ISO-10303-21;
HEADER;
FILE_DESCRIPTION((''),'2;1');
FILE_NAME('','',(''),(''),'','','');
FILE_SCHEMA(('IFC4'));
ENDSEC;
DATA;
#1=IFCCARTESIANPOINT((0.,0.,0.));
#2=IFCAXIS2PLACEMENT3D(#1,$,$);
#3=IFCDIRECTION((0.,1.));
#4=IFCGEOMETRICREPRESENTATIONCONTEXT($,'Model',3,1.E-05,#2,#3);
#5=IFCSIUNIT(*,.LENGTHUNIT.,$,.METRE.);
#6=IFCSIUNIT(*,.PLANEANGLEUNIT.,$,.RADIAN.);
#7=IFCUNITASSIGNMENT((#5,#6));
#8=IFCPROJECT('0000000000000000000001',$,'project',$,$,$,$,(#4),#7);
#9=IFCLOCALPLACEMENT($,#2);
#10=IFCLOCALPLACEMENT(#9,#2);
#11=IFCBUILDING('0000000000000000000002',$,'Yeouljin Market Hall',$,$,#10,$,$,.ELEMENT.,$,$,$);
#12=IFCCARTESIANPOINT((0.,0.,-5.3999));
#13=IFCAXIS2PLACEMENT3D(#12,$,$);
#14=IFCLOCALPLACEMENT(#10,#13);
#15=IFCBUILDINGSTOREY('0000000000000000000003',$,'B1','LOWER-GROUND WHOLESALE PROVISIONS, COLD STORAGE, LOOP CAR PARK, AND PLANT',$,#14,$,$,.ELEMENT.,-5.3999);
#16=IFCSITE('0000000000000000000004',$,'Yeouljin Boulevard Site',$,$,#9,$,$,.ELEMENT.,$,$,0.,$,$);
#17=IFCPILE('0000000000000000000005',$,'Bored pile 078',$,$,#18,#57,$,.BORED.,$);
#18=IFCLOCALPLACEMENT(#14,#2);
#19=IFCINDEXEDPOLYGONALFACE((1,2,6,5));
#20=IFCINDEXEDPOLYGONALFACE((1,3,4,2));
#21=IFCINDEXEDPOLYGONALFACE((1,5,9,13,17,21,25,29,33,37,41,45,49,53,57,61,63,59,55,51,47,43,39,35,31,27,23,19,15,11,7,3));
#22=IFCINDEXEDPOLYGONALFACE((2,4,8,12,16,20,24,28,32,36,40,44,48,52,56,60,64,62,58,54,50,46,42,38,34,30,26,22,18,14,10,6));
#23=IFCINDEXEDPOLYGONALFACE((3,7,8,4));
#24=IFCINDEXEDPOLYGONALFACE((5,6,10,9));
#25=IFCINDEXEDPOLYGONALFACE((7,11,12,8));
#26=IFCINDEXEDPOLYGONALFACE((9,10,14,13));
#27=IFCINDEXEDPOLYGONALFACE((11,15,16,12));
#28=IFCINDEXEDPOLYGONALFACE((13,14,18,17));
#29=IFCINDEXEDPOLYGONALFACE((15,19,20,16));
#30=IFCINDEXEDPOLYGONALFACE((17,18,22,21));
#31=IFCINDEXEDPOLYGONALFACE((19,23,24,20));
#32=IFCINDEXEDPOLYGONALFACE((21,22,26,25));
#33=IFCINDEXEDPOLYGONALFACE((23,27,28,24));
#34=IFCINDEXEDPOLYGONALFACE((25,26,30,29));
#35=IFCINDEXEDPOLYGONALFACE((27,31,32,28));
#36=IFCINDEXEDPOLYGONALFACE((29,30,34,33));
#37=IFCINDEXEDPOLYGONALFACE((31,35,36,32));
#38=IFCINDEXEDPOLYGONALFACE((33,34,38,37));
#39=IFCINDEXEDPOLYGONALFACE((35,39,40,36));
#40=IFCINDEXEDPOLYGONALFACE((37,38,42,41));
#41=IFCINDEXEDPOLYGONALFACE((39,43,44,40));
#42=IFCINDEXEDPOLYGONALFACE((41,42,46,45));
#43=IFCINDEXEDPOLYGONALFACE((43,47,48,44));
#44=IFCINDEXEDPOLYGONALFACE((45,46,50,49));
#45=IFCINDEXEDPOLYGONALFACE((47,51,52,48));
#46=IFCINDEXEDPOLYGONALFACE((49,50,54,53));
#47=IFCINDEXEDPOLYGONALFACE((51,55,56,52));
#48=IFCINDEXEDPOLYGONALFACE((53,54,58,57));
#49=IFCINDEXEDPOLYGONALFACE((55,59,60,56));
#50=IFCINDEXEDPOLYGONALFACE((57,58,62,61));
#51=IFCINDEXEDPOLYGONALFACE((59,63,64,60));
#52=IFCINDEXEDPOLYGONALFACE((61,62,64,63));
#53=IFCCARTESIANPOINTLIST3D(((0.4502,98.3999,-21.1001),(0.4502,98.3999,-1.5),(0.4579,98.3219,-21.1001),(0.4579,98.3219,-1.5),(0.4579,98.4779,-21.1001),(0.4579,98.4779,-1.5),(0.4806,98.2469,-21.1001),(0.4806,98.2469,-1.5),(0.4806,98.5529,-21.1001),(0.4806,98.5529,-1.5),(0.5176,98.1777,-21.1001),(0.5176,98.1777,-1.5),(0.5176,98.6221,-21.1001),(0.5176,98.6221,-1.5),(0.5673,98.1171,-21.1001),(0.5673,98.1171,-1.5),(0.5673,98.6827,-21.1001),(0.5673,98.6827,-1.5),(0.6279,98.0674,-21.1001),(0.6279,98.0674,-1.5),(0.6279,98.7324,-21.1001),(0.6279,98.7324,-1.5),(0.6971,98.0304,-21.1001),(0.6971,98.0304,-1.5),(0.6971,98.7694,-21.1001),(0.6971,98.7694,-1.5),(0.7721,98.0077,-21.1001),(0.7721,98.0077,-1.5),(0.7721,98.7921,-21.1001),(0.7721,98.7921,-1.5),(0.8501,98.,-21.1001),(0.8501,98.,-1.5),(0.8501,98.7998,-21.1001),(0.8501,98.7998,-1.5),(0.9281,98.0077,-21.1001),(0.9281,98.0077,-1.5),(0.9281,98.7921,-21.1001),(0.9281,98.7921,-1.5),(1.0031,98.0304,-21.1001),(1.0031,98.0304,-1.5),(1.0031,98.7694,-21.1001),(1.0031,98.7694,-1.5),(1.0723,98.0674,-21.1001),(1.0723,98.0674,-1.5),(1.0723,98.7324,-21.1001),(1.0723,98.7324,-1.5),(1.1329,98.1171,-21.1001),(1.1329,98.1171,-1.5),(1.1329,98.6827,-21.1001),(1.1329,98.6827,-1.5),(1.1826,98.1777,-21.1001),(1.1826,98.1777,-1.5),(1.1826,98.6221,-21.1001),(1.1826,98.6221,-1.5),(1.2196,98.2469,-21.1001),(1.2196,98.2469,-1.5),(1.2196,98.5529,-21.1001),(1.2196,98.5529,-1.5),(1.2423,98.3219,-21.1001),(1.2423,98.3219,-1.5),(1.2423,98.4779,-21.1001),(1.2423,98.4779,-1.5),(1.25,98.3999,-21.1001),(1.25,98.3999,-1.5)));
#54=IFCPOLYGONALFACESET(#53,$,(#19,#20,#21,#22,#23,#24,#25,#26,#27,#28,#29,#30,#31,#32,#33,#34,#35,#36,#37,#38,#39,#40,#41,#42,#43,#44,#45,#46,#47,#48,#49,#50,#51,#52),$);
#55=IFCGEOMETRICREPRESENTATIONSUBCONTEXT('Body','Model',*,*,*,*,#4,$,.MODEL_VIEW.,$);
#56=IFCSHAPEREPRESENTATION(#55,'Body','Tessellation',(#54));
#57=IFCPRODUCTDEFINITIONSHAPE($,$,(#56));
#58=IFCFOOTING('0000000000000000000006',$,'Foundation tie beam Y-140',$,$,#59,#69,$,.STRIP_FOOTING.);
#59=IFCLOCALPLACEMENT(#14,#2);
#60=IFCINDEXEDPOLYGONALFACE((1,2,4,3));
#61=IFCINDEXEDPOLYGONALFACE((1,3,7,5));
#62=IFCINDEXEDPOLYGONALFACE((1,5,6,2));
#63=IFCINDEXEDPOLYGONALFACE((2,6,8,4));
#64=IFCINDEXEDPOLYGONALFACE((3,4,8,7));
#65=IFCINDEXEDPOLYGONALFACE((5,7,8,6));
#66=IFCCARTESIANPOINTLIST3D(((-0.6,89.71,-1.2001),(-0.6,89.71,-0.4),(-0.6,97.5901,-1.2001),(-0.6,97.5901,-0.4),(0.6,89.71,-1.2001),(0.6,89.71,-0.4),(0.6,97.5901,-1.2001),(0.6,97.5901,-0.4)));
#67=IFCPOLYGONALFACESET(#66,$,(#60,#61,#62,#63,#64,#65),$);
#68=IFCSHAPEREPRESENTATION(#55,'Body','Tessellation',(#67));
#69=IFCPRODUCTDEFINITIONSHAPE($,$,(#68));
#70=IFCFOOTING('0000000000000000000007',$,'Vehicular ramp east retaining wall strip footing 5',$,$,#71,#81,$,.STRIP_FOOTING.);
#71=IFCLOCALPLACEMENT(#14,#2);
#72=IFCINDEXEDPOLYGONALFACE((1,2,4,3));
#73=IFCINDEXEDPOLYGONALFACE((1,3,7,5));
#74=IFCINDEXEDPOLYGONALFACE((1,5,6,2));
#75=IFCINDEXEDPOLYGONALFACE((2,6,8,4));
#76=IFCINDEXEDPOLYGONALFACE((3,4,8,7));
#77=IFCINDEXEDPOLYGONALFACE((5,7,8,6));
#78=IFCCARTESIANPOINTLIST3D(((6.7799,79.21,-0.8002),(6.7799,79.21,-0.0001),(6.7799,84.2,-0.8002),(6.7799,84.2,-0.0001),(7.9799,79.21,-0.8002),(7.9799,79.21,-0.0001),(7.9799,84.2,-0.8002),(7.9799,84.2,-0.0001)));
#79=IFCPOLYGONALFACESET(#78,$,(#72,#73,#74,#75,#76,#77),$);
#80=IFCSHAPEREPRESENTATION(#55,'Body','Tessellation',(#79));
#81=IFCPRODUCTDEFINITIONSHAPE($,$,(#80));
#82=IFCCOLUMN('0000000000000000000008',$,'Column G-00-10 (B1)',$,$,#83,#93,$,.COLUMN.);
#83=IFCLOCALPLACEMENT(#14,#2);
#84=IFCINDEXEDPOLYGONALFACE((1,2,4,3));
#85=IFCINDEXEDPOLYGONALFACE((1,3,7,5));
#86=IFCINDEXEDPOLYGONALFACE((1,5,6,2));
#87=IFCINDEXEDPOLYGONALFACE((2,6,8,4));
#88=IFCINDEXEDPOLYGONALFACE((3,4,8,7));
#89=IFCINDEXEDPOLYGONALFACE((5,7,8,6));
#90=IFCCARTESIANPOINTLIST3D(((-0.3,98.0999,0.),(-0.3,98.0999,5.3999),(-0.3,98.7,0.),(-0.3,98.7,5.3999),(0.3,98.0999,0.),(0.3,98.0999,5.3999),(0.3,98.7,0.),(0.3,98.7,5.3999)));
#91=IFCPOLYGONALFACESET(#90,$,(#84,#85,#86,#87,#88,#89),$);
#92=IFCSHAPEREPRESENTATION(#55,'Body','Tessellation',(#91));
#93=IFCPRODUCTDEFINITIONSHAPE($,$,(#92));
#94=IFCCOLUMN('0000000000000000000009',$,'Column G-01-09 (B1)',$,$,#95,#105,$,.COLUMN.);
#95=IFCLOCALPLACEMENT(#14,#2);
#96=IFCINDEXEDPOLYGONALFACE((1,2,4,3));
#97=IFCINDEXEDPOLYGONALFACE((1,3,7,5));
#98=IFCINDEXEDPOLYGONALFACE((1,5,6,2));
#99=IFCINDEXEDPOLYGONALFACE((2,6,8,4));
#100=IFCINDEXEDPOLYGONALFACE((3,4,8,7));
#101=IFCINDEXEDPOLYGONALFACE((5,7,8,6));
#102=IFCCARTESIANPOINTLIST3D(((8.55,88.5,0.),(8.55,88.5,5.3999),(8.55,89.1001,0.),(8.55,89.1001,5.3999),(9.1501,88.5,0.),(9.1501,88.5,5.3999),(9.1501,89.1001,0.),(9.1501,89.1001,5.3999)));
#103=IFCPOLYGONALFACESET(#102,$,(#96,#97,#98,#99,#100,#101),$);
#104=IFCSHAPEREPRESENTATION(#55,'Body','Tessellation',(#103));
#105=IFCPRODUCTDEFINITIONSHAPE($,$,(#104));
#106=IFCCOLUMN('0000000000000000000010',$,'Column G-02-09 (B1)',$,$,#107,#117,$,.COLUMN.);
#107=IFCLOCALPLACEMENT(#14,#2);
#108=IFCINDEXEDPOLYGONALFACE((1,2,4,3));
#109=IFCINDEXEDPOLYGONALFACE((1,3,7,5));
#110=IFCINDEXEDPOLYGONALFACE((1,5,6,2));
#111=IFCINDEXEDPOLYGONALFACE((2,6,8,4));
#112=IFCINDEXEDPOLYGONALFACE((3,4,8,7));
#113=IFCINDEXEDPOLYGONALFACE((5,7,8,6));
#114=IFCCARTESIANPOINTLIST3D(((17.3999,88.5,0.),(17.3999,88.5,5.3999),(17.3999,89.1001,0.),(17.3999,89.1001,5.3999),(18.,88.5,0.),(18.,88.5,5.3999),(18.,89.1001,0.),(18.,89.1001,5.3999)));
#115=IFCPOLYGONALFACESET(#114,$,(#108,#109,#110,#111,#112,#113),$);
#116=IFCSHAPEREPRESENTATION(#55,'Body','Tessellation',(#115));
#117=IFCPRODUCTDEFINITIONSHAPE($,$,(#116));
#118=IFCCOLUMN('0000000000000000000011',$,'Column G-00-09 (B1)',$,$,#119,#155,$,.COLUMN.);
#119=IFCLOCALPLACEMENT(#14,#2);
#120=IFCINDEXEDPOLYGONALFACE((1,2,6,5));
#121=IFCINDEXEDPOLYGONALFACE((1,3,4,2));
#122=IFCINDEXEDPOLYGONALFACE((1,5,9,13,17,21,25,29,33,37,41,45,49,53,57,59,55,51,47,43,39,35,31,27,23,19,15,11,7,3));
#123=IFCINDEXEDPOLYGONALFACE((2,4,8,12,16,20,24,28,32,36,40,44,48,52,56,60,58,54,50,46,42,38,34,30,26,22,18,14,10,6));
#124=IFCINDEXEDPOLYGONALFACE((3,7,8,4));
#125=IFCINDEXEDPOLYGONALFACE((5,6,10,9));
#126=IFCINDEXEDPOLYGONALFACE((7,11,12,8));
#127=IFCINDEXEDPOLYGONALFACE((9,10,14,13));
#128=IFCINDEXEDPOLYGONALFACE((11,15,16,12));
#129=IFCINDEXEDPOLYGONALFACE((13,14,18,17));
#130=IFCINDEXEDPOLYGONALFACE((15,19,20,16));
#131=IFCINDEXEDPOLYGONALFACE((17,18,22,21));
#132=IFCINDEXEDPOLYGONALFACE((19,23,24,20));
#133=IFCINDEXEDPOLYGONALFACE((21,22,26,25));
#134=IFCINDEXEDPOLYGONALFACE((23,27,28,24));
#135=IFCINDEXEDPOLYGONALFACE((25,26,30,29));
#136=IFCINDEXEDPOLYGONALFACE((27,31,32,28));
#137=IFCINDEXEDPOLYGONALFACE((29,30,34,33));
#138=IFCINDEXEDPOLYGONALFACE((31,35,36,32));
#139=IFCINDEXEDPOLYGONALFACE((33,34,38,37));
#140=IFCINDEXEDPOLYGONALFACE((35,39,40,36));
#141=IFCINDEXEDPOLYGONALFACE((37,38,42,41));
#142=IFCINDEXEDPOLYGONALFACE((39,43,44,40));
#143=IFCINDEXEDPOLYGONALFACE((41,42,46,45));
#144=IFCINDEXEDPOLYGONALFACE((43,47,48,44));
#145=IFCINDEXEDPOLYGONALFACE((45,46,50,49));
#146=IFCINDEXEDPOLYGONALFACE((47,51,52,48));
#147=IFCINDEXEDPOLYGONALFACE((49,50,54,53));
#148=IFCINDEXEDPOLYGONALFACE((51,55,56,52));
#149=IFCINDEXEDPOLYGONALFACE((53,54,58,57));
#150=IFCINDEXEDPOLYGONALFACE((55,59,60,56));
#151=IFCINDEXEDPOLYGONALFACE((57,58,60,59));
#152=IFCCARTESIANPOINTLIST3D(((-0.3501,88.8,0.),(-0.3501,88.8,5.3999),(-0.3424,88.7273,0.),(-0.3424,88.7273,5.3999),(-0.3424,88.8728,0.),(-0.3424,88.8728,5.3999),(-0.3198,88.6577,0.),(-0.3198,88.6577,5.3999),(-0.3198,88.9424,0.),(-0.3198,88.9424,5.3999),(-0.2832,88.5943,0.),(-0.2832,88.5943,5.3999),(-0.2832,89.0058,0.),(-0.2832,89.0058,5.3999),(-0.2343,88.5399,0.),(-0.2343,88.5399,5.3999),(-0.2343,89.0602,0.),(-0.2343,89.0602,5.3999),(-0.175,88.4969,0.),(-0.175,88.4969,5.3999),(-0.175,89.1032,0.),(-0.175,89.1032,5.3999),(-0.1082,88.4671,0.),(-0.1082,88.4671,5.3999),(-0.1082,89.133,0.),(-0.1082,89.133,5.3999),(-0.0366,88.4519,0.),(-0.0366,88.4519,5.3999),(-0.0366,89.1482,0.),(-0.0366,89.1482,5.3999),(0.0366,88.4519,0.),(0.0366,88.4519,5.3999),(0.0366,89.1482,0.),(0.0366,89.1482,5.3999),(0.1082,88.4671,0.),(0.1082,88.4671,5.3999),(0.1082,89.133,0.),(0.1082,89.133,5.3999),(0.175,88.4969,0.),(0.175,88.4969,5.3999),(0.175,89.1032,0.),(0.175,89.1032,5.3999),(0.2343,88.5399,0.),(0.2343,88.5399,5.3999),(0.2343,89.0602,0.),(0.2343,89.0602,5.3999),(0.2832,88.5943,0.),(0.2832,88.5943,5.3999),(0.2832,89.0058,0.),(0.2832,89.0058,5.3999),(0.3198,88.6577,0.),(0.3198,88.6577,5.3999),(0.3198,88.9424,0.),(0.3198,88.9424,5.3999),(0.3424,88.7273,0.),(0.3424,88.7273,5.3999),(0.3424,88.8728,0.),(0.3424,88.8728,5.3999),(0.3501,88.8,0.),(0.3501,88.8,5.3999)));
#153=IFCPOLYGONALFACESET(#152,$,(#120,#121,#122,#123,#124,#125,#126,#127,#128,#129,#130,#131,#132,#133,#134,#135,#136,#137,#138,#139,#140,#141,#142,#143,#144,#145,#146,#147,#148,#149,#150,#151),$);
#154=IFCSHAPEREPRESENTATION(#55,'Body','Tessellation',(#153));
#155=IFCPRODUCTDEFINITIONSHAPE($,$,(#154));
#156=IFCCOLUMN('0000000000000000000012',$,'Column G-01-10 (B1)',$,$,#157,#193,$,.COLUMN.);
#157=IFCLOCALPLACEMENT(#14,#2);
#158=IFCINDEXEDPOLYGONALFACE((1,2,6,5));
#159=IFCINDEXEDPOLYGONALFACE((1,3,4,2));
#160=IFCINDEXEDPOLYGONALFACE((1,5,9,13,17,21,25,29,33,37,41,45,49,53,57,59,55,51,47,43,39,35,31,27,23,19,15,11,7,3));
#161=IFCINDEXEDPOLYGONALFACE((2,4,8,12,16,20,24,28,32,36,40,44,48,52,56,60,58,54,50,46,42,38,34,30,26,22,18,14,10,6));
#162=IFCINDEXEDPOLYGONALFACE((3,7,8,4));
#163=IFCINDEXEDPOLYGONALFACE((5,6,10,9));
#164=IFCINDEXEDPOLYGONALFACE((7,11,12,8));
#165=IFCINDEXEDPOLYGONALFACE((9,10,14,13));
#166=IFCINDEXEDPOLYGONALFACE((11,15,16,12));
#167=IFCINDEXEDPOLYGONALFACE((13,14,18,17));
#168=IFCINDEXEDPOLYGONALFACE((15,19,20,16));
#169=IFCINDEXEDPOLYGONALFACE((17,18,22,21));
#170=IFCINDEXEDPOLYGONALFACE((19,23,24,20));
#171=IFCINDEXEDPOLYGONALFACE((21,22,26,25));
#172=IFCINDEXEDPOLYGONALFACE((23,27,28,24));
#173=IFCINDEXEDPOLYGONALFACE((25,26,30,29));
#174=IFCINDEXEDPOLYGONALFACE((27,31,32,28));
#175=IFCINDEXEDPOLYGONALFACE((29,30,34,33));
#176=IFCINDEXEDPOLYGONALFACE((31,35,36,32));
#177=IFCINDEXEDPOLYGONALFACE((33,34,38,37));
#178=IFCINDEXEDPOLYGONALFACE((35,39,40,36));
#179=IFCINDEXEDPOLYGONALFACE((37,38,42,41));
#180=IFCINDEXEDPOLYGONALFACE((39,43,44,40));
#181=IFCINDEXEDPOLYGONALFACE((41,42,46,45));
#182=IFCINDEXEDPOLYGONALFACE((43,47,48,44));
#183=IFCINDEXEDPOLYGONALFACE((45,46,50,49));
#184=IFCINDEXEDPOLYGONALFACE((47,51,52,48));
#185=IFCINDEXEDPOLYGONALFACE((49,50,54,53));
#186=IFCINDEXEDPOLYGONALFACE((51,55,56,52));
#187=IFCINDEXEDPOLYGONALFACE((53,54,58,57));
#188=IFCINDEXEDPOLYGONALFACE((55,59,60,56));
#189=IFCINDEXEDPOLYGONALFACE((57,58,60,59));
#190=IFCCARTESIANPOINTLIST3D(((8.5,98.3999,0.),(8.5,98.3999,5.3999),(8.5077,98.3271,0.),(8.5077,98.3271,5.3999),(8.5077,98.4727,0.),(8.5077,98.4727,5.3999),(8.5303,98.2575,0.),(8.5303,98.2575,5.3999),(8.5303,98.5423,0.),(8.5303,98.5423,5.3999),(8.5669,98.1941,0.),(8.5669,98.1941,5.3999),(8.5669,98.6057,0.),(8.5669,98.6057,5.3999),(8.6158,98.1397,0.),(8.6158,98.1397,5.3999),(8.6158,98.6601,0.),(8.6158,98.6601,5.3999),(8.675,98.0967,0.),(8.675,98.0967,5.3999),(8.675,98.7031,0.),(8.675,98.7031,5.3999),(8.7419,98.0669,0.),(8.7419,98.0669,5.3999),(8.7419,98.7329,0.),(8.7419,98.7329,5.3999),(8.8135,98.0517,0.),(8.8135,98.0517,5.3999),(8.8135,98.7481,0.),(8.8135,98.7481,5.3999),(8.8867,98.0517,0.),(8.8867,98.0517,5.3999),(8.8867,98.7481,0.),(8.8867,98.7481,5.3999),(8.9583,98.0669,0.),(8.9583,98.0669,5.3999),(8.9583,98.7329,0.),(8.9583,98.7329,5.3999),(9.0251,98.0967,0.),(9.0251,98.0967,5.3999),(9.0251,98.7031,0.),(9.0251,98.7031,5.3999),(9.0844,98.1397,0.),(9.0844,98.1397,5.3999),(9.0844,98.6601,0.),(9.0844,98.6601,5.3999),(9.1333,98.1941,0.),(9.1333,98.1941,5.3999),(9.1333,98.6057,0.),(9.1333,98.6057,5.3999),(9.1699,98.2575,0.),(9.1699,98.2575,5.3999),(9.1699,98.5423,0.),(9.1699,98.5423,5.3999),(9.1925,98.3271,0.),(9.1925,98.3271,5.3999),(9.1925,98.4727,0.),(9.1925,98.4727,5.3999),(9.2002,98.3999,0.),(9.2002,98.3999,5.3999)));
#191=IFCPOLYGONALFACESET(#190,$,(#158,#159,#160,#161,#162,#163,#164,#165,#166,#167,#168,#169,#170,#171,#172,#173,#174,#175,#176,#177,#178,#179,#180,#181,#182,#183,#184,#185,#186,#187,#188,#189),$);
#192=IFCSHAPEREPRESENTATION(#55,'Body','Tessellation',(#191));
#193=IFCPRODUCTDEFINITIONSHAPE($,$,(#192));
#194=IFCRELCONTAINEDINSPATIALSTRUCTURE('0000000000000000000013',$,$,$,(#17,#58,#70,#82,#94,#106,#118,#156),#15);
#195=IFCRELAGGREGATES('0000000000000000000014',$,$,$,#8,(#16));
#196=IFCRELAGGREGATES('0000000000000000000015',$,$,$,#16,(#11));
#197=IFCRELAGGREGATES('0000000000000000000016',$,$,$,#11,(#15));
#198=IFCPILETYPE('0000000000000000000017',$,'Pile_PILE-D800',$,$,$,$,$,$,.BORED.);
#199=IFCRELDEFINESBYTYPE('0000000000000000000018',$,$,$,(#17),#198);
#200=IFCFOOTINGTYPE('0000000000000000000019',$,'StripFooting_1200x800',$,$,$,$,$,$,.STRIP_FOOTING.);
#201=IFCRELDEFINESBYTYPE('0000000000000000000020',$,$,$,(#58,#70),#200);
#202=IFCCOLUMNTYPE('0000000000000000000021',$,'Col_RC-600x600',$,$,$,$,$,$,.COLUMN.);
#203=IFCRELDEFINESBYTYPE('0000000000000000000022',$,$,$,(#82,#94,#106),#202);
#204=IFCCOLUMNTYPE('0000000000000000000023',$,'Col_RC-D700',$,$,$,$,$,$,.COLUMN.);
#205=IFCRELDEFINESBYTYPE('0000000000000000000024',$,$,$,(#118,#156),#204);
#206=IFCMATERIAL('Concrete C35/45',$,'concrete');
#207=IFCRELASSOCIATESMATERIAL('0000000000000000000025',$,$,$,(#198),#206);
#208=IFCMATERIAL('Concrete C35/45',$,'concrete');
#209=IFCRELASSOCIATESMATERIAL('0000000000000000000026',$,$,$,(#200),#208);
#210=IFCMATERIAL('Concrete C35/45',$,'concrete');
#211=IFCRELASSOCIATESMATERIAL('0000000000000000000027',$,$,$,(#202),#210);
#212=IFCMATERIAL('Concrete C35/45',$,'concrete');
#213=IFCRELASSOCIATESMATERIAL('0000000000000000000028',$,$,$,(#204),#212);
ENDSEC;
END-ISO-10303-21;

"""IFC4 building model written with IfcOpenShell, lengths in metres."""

from ifc_helpers import new_model, si_unit, direction, frame, origin, origin_2d, place, context, subcontext, project, spatial, rectangle, circle, extrude, material, material_profile, profile_set, type_object, element, save


model = new_model("IFC4")

# Units and contexts
model_context = context("Model", 3, precision=1e-05, world=origin(), true_north=direction((0.0, 1.0)))
body_context = subcontext(model_context, "Body", "Model", "MODEL_VIEW")
ifc_project = project(units=[si_unit("LENGTHUNIT", "METRE"), si_unit("PLANEANGLEUNIT", "RADIAN")], contexts=[model_context])

# Site, building, storey
site_placement = place(None, origin())
site = spatial("IfcSite", under=ifc_project, at=site_placement, Name="Yeouljin Boulevard Site", CompositionType="ELEMENT", RefElevation=0.0)
building_placement = place(site_placement, origin())
building = spatial("IfcBuilding", under=site, at=building_placement, Name="Yeouljin Market Hall", CompositionType="ELEMENT")
storey_placement = place(building_placement, frame((0.0, 0.0, -5.3999)))
storey = spatial("IfcBuildingStorey", under=building, at=storey_placement, Name="B1", Description="LOWER-GROUND WHOLESALE PROVISIONS, COLD STORAGE, LOOP CAR PARK, AND PLANT", CompositionType="ELEMENT", Elevation=-5.3999)

# Pile
ifc_material_1 = material(Name="Concrete C35/45", Category="concrete")
ifc_material_profile_1 = material_profile(ifc_material_1, circle(Radius=0.3999, at=origin_2d()), Name="PILE-D800")
ifc_profile_set_1 = profile_set([ifc_material_profile_1], Name="Concrete C35/45")
pile_type = type_object("IfcPileType", Name="Pile_PILE-D800", PredefinedType="BORED", material=ifc_profile_set_1)
for number, where, z_axis, x_axis, name in (
    (1, (0.8501, 98.3999, -1.5), (0.0, 0.0, -1.0), (1.0, 0.0, 0.0), "Bored pile 078"),
):
    element("IfcPile", number, at=place(storey_placement, frame(where, z_axis=z_axis, x_axis=x_axis)), inside=storey, type_object=pile_type, Name=name, PredefinedType="BORED", context=body_context, shape_type="SweptSolid", body=[
        extrude(circle(Radius=0.3999, at=origin_2d()), origin(), (0.0, 0.0, 1.0), 19.6001),
    ])

# Footings
ifc_material_2 = material(Name="Concrete C35/45", Category="concrete")
ifc_material_profile_2 = material_profile(ifc_material_2, rectangle(XDim=1.2, YDim=0.8, at=origin_2d()), Name="SF-1200x800")
ifc_profile_set_2 = profile_set([ifc_material_profile_2], Name="Concrete C35/45")
footing_type_1 = type_object("IfcFootingType", Name="StripFooting_1200x800", PredefinedType="STRIP_FOOTING", material=ifc_profile_set_2)
footing_1_placement = place(storey_placement, frame((0.0, 89.71, -0.8), z_axis=(0.0, 1.0, 0.0), x_axis=(-1.0, 0.0, 0.0)))
element("IfcFooting", 2, at=footing_1_placement, inside=storey, type_object=footing_type_1, Name="Foundation tie beam Y-140", PredefinedType="STRIP_FOOTING", context=body_context, shape_type="SweptSolid", body=[
    extrude(rectangle(XDim=1.2, YDim=0.8, at=origin_2d()), origin(), (0.0, 0.0, 1.0), 7.8801),
])
footing_2_placement = place(storey_placement, frame((7.3799, 79.21, -0.4001), z_axis=(0.0, 1.0, 0.0), x_axis=(-1.0, 0.0, 0.0)))
element("IfcFooting", 3, at=footing_2_placement, inside=storey, type_object=footing_type_1, Name="Vehicular ramp east retaining wall strip footing 5", PredefinedType="STRIP_FOOTING", context=body_context, shape_type="SweptSolid", body=[
    extrude(rectangle(XDim=1.2, YDim=0.8, at=origin_2d()), origin(), (0.0, 0.0, 1.0), 4.99),
])

# Columns
ifc_material_3 = material(Name="Concrete C35/45", Category="concrete")
ifc_material_profile_3 = material_profile(ifc_material_3, rectangle(XDim=0.6001, YDim=0.6001, at=origin_2d()), Name="RC-600x600")
ifc_profile_set_3 = profile_set([ifc_material_profile_3], Name="Concrete C35/45")
column_type_1 = type_object("IfcColumnType", Name="Col_RC-600x600", PredefinedType="COLUMN", material=ifc_profile_set_3)
for number, where, z_axis, x_axis, name in (
    (4, (0.0, 98.3999, 0.0), (0.0, 0.0, 1.0), (1.0, 0.0, 0.0), "Column G-00-10 (B1)"),
    (5, (8.8501, 88.8, 0.0), (0.0, 0.0, 1.0), (1.0, 0.0, 0.0), "Column G-01-09 (B1)"),
    (6, (17.7, 88.8, 0.0), (0.0, 0.0, 1.0), (1.0, 0.0, 0.0), "Column G-02-09 (B1)"),
):
    element("IfcColumn", number, at=place(storey_placement, frame(where, z_axis=z_axis, x_axis=x_axis)), inside=storey, type_object=column_type_1, Name=name, PredefinedType="COLUMN", context=body_context, shape_type="SweptSolid", body=[
        extrude(rectangle(XDim=0.6001, YDim=0.6001, at=origin_2d()), origin(), (0.0, 0.0, 1.0), 5.3999),
    ])
ifc_material_4 = material(Name="Concrete C35/45", Category="concrete")
ifc_material_profile_4 = material_profile(ifc_material_4, circle(Radius=0.3501, at=origin_2d()), Name="RC-D700")
ifc_profile_set_4 = profile_set([ifc_material_profile_4], Name="Concrete C35/45")
column_type_2 = type_object("IfcColumnType", Name="Col_RC-D700", PredefinedType="COLUMN", material=ifc_profile_set_4)
for number, where, z_axis, x_axis, name in (
    (7, (0.0, 88.8, 0.0), (0.0, 0.0, 1.0), (1.0, 0.0, 0.0), "Column G-00-09 (B1)"),
    (8, (8.8501, 98.3999, 0.0), (0.0, 0.0, 1.0), (1.0, 0.0, 0.0), "Column G-01-10 (B1)"),
):
    element("IfcColumn", number, at=place(storey_placement, frame(where, z_axis=z_axis, x_axis=x_axis)), inside=storey, type_object=column_type_2, Name=name, PredefinedType="COLUMN", context=body_context, shape_type="SweptSolid", body=[
        extrude(circle(Radius=0.3501, at=origin_2d()), origin(), (0.0, 0.0, 1.0), 5.3999),
    ])

save(model, "model.ifc")
